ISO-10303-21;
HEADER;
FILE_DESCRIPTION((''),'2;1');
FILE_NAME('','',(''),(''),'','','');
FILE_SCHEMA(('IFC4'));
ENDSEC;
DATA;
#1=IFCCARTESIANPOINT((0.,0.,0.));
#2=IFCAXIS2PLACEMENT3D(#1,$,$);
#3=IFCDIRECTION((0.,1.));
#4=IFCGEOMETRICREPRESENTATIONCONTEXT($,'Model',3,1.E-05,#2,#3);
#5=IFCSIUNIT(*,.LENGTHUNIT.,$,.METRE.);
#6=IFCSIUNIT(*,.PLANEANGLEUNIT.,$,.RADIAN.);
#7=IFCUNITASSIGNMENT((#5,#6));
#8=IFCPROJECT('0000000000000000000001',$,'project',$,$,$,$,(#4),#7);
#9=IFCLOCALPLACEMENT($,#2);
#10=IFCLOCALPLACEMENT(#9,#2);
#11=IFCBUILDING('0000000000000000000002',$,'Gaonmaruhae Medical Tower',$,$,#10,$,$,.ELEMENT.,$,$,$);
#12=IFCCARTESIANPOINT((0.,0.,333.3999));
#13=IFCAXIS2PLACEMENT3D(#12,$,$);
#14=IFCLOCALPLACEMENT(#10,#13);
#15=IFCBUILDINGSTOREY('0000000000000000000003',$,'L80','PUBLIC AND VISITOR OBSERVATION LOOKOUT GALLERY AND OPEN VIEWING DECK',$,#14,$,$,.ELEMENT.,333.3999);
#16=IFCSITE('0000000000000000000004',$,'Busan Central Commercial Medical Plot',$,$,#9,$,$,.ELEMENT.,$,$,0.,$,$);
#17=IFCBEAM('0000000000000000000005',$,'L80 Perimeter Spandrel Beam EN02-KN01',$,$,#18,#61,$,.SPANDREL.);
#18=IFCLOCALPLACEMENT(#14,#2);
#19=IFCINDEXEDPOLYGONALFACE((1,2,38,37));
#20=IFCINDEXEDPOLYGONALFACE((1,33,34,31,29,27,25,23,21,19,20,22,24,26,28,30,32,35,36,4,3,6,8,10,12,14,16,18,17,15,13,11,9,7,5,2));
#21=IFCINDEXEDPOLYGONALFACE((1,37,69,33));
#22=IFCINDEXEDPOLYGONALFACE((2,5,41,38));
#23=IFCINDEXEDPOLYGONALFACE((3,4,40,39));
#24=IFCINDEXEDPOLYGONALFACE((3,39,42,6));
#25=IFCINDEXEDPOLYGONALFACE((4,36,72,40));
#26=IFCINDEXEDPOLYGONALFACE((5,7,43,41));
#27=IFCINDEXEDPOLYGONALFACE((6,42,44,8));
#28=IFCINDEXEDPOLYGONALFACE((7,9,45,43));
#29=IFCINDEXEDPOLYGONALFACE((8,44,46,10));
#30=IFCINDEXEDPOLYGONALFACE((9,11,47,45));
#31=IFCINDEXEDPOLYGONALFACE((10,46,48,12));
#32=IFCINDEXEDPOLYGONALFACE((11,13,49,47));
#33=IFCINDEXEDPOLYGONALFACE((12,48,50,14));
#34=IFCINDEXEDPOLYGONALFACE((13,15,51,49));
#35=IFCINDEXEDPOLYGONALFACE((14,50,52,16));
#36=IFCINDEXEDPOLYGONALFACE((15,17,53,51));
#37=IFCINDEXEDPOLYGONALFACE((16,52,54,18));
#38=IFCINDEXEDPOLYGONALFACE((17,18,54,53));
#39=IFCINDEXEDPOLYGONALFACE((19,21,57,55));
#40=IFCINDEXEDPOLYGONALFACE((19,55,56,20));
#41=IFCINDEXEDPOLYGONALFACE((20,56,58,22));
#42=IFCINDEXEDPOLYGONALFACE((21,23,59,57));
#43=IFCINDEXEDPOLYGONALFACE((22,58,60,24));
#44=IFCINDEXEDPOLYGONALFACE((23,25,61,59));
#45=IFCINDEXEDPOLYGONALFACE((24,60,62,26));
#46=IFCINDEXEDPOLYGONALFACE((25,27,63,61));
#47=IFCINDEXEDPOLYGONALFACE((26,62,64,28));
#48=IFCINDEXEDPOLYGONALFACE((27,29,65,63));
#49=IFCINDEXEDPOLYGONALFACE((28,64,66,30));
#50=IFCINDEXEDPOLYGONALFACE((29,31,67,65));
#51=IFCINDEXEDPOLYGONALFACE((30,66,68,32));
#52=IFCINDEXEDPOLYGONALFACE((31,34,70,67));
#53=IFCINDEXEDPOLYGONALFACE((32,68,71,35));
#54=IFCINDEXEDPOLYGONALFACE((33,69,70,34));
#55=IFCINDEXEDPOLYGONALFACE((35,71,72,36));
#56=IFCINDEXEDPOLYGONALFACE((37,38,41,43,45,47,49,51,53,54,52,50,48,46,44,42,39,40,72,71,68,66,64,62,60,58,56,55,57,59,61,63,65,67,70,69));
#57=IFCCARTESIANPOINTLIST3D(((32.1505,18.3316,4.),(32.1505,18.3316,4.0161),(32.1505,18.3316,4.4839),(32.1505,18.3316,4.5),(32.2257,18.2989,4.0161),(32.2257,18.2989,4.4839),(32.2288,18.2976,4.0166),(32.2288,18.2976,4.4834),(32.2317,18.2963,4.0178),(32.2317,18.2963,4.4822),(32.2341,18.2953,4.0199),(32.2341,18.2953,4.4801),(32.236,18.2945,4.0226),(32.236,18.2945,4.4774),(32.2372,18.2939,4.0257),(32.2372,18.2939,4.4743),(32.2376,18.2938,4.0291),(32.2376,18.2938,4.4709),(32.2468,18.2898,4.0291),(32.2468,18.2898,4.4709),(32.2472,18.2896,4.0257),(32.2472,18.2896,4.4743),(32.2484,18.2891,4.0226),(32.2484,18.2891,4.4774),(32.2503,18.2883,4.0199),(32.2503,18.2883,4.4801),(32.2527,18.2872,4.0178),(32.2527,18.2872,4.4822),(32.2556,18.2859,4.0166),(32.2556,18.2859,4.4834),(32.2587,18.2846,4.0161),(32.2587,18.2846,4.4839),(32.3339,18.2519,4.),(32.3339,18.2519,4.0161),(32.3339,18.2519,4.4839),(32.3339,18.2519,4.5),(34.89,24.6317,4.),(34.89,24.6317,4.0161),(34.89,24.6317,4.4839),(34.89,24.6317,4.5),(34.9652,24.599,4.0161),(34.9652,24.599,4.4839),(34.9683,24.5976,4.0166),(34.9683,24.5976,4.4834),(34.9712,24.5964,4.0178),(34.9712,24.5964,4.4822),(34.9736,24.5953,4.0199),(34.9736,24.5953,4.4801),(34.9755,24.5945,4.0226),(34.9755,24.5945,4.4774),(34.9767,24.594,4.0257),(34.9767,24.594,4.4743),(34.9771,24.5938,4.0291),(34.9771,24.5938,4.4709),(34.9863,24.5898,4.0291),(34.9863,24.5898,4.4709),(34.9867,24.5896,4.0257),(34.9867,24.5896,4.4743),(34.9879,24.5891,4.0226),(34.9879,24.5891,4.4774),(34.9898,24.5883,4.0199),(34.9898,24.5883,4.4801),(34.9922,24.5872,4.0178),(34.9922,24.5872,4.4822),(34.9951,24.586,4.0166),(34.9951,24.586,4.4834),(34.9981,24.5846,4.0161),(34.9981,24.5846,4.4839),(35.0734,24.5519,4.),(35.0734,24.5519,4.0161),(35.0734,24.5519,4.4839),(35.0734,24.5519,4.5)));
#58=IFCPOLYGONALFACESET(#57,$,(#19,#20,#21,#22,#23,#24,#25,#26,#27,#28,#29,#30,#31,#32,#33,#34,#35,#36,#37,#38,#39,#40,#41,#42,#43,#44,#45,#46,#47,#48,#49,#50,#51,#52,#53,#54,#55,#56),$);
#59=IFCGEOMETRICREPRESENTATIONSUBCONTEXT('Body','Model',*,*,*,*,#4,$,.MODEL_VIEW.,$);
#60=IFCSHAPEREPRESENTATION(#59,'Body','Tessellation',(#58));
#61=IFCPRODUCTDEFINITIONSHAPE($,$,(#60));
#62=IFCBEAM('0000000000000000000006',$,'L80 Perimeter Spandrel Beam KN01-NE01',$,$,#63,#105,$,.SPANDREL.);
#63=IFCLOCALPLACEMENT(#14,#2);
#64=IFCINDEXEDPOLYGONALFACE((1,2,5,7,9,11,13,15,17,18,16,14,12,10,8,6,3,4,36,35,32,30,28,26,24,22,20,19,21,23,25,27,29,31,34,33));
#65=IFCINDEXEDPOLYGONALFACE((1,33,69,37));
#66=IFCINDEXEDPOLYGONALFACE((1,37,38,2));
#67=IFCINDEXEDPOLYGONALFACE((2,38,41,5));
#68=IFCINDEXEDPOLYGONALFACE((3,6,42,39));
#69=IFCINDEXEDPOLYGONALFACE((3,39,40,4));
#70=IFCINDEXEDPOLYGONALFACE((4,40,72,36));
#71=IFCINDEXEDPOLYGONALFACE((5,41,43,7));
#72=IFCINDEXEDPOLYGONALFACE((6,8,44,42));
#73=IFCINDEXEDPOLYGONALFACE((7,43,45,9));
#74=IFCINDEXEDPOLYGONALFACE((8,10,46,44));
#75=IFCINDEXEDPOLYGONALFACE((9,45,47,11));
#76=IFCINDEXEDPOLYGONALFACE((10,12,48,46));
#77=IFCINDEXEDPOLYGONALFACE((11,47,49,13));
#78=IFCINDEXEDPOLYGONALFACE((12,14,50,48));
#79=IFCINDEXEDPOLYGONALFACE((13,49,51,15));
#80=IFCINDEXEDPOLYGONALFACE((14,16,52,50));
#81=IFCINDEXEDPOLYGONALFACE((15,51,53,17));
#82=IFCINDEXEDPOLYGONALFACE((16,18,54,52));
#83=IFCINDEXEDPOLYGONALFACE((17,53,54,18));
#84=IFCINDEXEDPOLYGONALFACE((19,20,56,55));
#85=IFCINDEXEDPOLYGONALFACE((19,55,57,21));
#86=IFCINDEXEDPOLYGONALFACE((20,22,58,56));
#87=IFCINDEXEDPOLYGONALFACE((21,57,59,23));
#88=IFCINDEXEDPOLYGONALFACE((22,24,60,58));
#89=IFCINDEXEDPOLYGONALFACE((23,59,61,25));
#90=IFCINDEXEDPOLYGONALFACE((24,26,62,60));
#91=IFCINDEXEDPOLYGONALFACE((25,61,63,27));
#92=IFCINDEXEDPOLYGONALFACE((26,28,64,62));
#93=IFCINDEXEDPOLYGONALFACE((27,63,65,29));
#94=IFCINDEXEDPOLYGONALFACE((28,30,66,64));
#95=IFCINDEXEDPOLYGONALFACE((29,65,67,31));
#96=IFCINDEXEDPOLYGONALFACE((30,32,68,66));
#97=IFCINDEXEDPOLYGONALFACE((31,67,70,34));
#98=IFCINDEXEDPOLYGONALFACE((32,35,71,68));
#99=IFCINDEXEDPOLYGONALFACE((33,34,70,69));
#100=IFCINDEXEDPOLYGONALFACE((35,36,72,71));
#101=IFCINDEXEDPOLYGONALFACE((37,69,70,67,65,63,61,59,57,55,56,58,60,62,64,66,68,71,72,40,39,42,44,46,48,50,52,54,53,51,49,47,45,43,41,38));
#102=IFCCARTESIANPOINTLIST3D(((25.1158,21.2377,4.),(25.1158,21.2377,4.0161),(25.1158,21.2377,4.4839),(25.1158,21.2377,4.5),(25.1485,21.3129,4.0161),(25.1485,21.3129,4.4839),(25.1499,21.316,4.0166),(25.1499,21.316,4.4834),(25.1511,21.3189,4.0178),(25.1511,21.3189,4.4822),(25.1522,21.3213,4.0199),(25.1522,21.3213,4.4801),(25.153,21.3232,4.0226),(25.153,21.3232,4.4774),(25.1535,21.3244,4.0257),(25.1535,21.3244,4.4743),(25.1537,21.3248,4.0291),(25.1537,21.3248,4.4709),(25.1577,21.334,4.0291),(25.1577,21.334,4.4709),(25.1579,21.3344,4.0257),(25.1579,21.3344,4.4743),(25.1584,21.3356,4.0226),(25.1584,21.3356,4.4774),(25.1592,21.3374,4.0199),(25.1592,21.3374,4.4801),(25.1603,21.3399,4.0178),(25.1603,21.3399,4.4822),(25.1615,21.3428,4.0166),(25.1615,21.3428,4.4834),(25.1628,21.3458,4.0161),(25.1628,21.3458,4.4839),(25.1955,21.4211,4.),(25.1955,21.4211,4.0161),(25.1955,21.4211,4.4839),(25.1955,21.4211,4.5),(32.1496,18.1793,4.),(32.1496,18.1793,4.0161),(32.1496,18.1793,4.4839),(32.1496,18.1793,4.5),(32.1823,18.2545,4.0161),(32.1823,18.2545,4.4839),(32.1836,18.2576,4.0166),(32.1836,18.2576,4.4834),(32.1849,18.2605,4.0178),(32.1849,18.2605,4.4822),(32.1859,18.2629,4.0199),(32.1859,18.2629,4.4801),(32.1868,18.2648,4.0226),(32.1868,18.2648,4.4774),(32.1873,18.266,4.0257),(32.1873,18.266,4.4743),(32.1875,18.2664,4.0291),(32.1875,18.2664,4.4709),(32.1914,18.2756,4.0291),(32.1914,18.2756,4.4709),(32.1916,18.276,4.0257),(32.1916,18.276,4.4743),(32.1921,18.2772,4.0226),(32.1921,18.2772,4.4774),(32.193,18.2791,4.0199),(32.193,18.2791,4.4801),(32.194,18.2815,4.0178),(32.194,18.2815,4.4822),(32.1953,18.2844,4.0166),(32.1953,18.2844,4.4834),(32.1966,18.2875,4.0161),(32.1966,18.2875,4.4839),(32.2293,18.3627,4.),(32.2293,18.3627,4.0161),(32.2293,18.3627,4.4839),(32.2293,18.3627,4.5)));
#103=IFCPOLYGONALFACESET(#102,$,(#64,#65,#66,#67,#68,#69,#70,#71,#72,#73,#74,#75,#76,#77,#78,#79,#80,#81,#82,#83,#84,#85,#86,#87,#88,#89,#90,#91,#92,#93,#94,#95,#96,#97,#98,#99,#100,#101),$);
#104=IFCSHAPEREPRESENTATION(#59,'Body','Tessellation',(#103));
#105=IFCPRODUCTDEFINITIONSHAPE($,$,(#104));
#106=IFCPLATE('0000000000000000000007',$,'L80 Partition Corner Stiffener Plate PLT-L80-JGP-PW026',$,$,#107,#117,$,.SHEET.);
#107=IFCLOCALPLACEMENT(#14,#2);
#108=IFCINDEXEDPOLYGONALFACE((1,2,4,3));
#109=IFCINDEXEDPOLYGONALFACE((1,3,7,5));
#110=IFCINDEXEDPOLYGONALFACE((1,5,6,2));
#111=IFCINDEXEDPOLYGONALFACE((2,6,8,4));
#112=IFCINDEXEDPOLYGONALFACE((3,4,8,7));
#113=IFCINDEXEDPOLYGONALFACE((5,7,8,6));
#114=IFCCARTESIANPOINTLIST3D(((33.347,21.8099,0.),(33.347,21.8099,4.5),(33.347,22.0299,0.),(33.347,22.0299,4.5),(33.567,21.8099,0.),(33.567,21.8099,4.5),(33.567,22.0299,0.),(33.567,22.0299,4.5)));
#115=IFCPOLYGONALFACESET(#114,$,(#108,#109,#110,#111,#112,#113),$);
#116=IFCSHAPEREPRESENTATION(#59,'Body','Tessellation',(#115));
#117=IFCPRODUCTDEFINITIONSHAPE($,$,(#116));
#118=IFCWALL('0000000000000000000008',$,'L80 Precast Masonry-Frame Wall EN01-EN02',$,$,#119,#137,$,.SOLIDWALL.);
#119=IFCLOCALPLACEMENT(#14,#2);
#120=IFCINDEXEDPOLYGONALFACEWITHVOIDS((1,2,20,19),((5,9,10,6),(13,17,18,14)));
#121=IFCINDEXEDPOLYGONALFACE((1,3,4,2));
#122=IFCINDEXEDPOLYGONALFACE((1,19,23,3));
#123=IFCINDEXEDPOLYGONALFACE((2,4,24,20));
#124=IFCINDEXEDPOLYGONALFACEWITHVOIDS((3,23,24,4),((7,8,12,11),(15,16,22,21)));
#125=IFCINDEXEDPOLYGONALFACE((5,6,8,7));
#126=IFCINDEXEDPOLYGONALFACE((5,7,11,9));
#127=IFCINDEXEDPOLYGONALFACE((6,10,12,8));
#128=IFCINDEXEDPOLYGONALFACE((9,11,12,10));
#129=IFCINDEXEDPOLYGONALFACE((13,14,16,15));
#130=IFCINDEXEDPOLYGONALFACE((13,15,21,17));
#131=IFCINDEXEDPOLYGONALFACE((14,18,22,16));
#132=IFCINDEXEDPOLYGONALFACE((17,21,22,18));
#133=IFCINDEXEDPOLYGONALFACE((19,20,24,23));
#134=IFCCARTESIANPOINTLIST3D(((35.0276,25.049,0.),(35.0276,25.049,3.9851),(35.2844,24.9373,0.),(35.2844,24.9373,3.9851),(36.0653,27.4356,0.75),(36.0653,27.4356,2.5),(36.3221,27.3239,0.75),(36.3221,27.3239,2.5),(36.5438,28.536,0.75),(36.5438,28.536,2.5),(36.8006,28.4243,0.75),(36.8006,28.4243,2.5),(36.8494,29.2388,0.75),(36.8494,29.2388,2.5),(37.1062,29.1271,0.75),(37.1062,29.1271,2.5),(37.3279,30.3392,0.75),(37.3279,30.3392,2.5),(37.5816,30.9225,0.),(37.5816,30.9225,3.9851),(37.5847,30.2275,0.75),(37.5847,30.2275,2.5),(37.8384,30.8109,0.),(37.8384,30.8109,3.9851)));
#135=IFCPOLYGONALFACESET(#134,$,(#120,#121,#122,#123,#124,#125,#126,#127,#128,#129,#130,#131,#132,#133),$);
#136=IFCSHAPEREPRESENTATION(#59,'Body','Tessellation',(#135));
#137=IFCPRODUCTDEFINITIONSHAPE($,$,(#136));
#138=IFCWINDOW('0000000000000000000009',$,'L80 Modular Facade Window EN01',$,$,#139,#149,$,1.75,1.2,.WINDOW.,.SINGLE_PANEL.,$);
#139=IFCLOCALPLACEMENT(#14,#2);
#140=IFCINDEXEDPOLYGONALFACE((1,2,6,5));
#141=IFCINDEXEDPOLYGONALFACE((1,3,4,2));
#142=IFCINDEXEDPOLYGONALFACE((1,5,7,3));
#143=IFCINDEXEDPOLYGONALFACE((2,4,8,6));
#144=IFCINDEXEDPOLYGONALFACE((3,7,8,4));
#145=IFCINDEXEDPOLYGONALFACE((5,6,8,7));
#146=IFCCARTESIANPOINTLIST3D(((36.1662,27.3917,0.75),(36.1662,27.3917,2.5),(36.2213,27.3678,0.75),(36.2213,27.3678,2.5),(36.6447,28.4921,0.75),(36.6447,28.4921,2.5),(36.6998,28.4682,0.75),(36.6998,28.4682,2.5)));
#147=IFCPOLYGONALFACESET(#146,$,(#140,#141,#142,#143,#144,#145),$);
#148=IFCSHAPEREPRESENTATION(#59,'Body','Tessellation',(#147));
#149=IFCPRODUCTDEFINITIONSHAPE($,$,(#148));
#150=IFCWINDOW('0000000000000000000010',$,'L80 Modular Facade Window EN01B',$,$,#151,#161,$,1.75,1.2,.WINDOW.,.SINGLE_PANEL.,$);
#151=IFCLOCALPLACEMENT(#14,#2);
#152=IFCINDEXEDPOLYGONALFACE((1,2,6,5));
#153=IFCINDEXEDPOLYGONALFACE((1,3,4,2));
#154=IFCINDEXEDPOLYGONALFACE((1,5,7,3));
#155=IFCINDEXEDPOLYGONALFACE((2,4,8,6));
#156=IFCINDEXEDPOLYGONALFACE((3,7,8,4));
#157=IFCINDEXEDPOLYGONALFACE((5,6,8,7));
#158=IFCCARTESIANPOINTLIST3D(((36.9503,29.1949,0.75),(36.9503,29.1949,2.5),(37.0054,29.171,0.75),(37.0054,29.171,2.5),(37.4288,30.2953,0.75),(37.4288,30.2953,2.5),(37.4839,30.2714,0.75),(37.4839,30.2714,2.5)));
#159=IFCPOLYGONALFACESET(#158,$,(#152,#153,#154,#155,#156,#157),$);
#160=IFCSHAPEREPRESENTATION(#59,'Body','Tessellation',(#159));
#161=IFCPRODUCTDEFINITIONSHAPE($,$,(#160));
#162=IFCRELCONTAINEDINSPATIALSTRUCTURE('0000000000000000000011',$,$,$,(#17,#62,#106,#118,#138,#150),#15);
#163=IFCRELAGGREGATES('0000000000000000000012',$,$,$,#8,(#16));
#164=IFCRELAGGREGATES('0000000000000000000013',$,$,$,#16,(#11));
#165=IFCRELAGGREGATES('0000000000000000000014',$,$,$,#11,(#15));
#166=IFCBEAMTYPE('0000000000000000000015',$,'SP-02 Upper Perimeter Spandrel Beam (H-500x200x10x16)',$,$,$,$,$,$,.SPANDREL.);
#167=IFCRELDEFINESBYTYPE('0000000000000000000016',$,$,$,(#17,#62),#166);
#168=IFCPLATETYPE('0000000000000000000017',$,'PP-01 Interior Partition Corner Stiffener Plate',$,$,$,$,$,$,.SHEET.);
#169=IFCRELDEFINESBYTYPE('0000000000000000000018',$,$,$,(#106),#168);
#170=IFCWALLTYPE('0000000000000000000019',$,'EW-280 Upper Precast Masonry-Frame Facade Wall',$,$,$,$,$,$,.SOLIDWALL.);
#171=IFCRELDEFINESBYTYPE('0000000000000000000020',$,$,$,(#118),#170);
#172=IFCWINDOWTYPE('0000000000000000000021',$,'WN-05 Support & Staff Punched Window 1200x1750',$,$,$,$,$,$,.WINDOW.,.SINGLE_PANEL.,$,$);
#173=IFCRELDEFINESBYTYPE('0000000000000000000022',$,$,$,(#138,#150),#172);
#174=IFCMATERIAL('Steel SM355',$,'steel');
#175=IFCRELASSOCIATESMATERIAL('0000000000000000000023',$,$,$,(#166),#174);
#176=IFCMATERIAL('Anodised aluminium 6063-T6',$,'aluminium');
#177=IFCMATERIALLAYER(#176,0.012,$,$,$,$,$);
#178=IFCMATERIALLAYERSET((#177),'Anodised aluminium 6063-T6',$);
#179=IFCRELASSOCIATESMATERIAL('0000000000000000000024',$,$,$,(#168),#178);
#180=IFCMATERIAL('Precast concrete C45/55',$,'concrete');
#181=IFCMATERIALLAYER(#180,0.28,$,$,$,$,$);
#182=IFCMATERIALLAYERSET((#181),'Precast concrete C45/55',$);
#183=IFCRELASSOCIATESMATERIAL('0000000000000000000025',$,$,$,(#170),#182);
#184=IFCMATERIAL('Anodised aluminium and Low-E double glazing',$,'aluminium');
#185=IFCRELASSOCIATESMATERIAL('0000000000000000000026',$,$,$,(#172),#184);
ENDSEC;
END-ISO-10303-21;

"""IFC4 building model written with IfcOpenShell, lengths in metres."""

from ifc_helpers import new_model, si_unit, direction, frame, frame_2d, origin, origin_2d, place, context, subcontext, project, spatial, rectangle, i_section, extrude, material, layer, layer_set, material_profile, profile_set, type_object, element, fill, save


model = new_model("IFC4")

# Units and contexts
model_context = context("Model", 3, precision=1e-05, world=origin(), true_north=direction((0.0, 1.0)))
body_context = subcontext(model_context, "Body", "Model", "MODEL_VIEW")
ifc_project = project(units=[si_unit("LENGTHUNIT", "METRE"), si_unit("PLANEANGLEUNIT", "RADIAN")], contexts=[model_context])

# Site, building, storey
site_placement = place(None, origin())
site = spatial("IfcSite", under=ifc_project, at=site_placement, Name="Busan Central Commercial Medical Plot", CompositionType="ELEMENT", RefElevation=0.0)
building_placement = place(site_placement, origin())
building = spatial("IfcBuilding", under=site, at=building_placement, Name="Gaonmaruhae Medical Tower", CompositionType="ELEMENT")
storey_placement = place(building_placement, frame((0.0, 0.0, 333.3999)))
storey = spatial("IfcBuildingStorey", under=building, at=storey_placement, Name="L80", Description="PUBLIC AND VISITOR OBSERVATION LOOKOUT GALLERY AND OPEN VIEWING DECK", CompositionType="ELEMENT", Elevation=333.3999)

# Beams
ifc_material_1 = material(Name="Steel SM355", Category="steel")
ifc_material_profile_1 = material_profile(ifc_material_1, i_section(OverallWidth=0.2, OverallDepth=0.5, WebThickness=0.01, FlangeThickness=0.0161, FilletRadius=0.0129, at=origin_2d()), Name="H-500x200x10x16")
ifc_profile_set_1 = profile_set([ifc_material_profile_1], Name="Steel SM355")
beam_type_1 = type_object("IfcBeamType", Name="SP-02 Upper Perimeter Spandrel Beam (H-500x200x10x16)", PredefinedType="SPANDREL", material=ifc_profile_set_1)
beam_1_placement = place(storey_placement, frame((34.9817, 24.5918, 4.25), z_axis=(-0.398769, -0.917051, 0.0), x_axis=(0.917051, -0.398769, 0.0)))
element("IfcBeam", 1, at=beam_1_placement, inside=storey, type_object=beam_type_1, Name="L80 Perimeter Spandrel Beam EN02-KN01", PredefinedType="SPANDREL", context=body_context, shape_type="SweptSolid", body=[
    extrude(i_section(OverallWidth=0.2, OverallDepth=0.5, WebThickness=0.01, FlangeThickness=0.0161, FilletRadius=0.0129, at=origin_2d()), origin(), (0.0, 0.0, 1.0), 6.8699),
])
beam_2_placement = place(storey_placement, frame((32.1895, 18.271, 4.25), z_axis=(-0.917059, 0.398751, 0.0), x_axis=(-0.398751, -0.917059, 0.0)))
element("IfcBeam", 2, at=beam_2_placement, inside=storey, type_object=beam_type_1, Name="L80 Perimeter Spandrel Beam KN01-NE01", PredefinedType="SPANDREL", context=body_context, shape_type="SweptSolid", body=[
    extrude(i_section(OverallWidth=0.2, OverallDepth=0.5, WebThickness=0.01, FlangeThickness=0.0161, FilletRadius=0.0129, at=origin_2d()), origin(), (0.0, 0.0, 1.0), 7.6699),
])

# Plate
ifc_material_2 = material(Name="Anodised aluminium 6063-T6", Category="aluminium")
ifc_layer_1 = layer(ifc_material_2, 0.012)
ifc_layer_set_1 = layer_set([ifc_layer_1], Name="Anodised aluminium 6063-T6")
plate_type = type_object("IfcPlateType", Name="PP-01 Interior Partition Corner Stiffener Plate", PredefinedType="SHEET", material=ifc_layer_set_1)
plate_placement = place(storey_placement, frame((33.457, 21.9199, 0.0), z_axis=(0.0, 0.0, 1.0), x_axis=(-1.0, 0.0, 0.0)))
element("IfcPlate", 3, at=plate_placement, inside=storey, type_object=plate_type, Name="L80 Partition Corner Stiffener Plate PLT-L80-JGP-PW026", PredefinedType="SHEET", context=body_context, shape_type="SweptSolid", body=[
    extrude(rectangle(XDim=0.22, YDim=0.22, at=origin_2d()), origin(), (0.0, 0.0, 1.0), 4.5),
])

# Wall, openings, windows
ifc_material_3 = material(Name="Precast concrete C45/55", Category="concrete")
ifc_layer_2 = layer(ifc_material_3, 0.28)
ifc_layer_set_2 = layer_set([ifc_layer_2], Name="Precast concrete C45/55")
wall_type_1 = type_object("IfcWallType", Name="EW-280 Upper Precast Masonry-Frame Facade Wall", PredefinedType="SOLIDWALL", material=ifc_layer_set_2)
wall_1_placement = place(storey_placement, frame((35.156, 24.9932, 0.0), z_axis=(0.0, 0.0, 1.0), x_axis=(0.398758, 0.917056, 0.0)))
wall_1 = element("IfcWall", 4, at=wall_1_placement, inside=storey, type_object=wall_type_1, Name="L80 Precast Masonry-Frame Wall EN01-EN02", PredefinedType="SOLIDWALL", context=body_context, shape_type="SweptSolid", body=[
    extrude(rectangle(XDim=6.4048, YDim=0.28, at=frame_2d((3.2024, 0.0))), origin(), (0.0, 0.0, 1.0), 3.9851),
])
opening_1_placement = place(wall_1_placement, frame((2.6023, 0.0, 0.75)))
opening_1 = element("IfcOpeningElement", 5, at=opening_1_placement, cuts=wall_1, PredefinedType="OPENING", context=body_context, shape_type="SweptSolid", body=[
    extrude(rectangle(XDim=1.2, YDim=1.75, at=frame_2d((0.6001, 0.875))), frame((0.0, 0.1499, 0.0), z_axis=(0.0, -1.0, 0.0), x_axis=(1.0, 0.0, 0.0)), (0.0, 0.0, 1.0), 0.3),
])
opening_2_placement = place(wall_1_placement, frame((4.5686, 0.0, 0.75)))
opening_2 = element("IfcOpeningElement", 6, at=opening_2_placement, cuts=wall_1, PredefinedType="OPENING", context=body_context, shape_type="SweptSolid", body=[
    extrude(rectangle(XDim=1.2, YDim=1.75, at=frame_2d((0.6001, 0.875))), frame((0.0, 0.1499, 0.0), z_axis=(0.0, -1.0, 0.0), x_axis=(1.0, 0.0, 0.0)), (0.0, 0.0, 1.0), 0.3),
])
ifc_material_4 = material(Name="Anodised aluminium and Low-E double glazing", Category="aluminium")
window_type_1 = type_object("IfcWindowType", Name="WN-05 Support & Staff Punched Window 1200x1750", PartitioningType="SINGLE_PANEL", PredefinedType="WINDOW", material=ifc_material_4)
window_1_placement = place(opening_1_placement, origin())
window_1 = element("IfcWindow", 7, at=window_1_placement, inside=storey, type_object=window_type_1, Name="L80 Modular Facade Window EN01", OverallHeight=1.75, OverallWidth=1.2, PartitioningType="SINGLE_PANEL", PredefinedType="WINDOW", context=body_context, shape_type="SweptSolid", body=[
    extrude(rectangle(XDim=1.2, YDim=1.75, at=frame_2d((0.6001, 0.875))), frame((0.0, 0.03, 0.0), z_axis=(0.0, -1.0, 0.0), x_axis=(1.0, 0.0, 0.0)), (0.0, 0.0, 1.0), 0.0601),
])
fill(opening_1, window_1)
window_2_placement = place(opening_2_placement, origin())
window_2 = element("IfcWindow", 8, at=window_2_placement, inside=storey, type_object=window_type_1, Name="L80 Modular Facade Window EN01B", OverallHeight=1.75, OverallWidth=1.2, PartitioningType="SINGLE_PANEL", PredefinedType="WINDOW", context=body_context, shape_type="SweptSolid", body=[
    extrude(rectangle(XDim=1.2, YDim=1.75, at=frame_2d((0.6001, 0.875))), frame((0.0, 0.03, 0.0), z_axis=(0.0, -1.0, 0.0), x_axis=(1.0, 0.0, 0.0)), (0.0, 0.0, 1.0), 0.0601),
])
fill(opening_2, window_2)

save(model, "model.ifc")
